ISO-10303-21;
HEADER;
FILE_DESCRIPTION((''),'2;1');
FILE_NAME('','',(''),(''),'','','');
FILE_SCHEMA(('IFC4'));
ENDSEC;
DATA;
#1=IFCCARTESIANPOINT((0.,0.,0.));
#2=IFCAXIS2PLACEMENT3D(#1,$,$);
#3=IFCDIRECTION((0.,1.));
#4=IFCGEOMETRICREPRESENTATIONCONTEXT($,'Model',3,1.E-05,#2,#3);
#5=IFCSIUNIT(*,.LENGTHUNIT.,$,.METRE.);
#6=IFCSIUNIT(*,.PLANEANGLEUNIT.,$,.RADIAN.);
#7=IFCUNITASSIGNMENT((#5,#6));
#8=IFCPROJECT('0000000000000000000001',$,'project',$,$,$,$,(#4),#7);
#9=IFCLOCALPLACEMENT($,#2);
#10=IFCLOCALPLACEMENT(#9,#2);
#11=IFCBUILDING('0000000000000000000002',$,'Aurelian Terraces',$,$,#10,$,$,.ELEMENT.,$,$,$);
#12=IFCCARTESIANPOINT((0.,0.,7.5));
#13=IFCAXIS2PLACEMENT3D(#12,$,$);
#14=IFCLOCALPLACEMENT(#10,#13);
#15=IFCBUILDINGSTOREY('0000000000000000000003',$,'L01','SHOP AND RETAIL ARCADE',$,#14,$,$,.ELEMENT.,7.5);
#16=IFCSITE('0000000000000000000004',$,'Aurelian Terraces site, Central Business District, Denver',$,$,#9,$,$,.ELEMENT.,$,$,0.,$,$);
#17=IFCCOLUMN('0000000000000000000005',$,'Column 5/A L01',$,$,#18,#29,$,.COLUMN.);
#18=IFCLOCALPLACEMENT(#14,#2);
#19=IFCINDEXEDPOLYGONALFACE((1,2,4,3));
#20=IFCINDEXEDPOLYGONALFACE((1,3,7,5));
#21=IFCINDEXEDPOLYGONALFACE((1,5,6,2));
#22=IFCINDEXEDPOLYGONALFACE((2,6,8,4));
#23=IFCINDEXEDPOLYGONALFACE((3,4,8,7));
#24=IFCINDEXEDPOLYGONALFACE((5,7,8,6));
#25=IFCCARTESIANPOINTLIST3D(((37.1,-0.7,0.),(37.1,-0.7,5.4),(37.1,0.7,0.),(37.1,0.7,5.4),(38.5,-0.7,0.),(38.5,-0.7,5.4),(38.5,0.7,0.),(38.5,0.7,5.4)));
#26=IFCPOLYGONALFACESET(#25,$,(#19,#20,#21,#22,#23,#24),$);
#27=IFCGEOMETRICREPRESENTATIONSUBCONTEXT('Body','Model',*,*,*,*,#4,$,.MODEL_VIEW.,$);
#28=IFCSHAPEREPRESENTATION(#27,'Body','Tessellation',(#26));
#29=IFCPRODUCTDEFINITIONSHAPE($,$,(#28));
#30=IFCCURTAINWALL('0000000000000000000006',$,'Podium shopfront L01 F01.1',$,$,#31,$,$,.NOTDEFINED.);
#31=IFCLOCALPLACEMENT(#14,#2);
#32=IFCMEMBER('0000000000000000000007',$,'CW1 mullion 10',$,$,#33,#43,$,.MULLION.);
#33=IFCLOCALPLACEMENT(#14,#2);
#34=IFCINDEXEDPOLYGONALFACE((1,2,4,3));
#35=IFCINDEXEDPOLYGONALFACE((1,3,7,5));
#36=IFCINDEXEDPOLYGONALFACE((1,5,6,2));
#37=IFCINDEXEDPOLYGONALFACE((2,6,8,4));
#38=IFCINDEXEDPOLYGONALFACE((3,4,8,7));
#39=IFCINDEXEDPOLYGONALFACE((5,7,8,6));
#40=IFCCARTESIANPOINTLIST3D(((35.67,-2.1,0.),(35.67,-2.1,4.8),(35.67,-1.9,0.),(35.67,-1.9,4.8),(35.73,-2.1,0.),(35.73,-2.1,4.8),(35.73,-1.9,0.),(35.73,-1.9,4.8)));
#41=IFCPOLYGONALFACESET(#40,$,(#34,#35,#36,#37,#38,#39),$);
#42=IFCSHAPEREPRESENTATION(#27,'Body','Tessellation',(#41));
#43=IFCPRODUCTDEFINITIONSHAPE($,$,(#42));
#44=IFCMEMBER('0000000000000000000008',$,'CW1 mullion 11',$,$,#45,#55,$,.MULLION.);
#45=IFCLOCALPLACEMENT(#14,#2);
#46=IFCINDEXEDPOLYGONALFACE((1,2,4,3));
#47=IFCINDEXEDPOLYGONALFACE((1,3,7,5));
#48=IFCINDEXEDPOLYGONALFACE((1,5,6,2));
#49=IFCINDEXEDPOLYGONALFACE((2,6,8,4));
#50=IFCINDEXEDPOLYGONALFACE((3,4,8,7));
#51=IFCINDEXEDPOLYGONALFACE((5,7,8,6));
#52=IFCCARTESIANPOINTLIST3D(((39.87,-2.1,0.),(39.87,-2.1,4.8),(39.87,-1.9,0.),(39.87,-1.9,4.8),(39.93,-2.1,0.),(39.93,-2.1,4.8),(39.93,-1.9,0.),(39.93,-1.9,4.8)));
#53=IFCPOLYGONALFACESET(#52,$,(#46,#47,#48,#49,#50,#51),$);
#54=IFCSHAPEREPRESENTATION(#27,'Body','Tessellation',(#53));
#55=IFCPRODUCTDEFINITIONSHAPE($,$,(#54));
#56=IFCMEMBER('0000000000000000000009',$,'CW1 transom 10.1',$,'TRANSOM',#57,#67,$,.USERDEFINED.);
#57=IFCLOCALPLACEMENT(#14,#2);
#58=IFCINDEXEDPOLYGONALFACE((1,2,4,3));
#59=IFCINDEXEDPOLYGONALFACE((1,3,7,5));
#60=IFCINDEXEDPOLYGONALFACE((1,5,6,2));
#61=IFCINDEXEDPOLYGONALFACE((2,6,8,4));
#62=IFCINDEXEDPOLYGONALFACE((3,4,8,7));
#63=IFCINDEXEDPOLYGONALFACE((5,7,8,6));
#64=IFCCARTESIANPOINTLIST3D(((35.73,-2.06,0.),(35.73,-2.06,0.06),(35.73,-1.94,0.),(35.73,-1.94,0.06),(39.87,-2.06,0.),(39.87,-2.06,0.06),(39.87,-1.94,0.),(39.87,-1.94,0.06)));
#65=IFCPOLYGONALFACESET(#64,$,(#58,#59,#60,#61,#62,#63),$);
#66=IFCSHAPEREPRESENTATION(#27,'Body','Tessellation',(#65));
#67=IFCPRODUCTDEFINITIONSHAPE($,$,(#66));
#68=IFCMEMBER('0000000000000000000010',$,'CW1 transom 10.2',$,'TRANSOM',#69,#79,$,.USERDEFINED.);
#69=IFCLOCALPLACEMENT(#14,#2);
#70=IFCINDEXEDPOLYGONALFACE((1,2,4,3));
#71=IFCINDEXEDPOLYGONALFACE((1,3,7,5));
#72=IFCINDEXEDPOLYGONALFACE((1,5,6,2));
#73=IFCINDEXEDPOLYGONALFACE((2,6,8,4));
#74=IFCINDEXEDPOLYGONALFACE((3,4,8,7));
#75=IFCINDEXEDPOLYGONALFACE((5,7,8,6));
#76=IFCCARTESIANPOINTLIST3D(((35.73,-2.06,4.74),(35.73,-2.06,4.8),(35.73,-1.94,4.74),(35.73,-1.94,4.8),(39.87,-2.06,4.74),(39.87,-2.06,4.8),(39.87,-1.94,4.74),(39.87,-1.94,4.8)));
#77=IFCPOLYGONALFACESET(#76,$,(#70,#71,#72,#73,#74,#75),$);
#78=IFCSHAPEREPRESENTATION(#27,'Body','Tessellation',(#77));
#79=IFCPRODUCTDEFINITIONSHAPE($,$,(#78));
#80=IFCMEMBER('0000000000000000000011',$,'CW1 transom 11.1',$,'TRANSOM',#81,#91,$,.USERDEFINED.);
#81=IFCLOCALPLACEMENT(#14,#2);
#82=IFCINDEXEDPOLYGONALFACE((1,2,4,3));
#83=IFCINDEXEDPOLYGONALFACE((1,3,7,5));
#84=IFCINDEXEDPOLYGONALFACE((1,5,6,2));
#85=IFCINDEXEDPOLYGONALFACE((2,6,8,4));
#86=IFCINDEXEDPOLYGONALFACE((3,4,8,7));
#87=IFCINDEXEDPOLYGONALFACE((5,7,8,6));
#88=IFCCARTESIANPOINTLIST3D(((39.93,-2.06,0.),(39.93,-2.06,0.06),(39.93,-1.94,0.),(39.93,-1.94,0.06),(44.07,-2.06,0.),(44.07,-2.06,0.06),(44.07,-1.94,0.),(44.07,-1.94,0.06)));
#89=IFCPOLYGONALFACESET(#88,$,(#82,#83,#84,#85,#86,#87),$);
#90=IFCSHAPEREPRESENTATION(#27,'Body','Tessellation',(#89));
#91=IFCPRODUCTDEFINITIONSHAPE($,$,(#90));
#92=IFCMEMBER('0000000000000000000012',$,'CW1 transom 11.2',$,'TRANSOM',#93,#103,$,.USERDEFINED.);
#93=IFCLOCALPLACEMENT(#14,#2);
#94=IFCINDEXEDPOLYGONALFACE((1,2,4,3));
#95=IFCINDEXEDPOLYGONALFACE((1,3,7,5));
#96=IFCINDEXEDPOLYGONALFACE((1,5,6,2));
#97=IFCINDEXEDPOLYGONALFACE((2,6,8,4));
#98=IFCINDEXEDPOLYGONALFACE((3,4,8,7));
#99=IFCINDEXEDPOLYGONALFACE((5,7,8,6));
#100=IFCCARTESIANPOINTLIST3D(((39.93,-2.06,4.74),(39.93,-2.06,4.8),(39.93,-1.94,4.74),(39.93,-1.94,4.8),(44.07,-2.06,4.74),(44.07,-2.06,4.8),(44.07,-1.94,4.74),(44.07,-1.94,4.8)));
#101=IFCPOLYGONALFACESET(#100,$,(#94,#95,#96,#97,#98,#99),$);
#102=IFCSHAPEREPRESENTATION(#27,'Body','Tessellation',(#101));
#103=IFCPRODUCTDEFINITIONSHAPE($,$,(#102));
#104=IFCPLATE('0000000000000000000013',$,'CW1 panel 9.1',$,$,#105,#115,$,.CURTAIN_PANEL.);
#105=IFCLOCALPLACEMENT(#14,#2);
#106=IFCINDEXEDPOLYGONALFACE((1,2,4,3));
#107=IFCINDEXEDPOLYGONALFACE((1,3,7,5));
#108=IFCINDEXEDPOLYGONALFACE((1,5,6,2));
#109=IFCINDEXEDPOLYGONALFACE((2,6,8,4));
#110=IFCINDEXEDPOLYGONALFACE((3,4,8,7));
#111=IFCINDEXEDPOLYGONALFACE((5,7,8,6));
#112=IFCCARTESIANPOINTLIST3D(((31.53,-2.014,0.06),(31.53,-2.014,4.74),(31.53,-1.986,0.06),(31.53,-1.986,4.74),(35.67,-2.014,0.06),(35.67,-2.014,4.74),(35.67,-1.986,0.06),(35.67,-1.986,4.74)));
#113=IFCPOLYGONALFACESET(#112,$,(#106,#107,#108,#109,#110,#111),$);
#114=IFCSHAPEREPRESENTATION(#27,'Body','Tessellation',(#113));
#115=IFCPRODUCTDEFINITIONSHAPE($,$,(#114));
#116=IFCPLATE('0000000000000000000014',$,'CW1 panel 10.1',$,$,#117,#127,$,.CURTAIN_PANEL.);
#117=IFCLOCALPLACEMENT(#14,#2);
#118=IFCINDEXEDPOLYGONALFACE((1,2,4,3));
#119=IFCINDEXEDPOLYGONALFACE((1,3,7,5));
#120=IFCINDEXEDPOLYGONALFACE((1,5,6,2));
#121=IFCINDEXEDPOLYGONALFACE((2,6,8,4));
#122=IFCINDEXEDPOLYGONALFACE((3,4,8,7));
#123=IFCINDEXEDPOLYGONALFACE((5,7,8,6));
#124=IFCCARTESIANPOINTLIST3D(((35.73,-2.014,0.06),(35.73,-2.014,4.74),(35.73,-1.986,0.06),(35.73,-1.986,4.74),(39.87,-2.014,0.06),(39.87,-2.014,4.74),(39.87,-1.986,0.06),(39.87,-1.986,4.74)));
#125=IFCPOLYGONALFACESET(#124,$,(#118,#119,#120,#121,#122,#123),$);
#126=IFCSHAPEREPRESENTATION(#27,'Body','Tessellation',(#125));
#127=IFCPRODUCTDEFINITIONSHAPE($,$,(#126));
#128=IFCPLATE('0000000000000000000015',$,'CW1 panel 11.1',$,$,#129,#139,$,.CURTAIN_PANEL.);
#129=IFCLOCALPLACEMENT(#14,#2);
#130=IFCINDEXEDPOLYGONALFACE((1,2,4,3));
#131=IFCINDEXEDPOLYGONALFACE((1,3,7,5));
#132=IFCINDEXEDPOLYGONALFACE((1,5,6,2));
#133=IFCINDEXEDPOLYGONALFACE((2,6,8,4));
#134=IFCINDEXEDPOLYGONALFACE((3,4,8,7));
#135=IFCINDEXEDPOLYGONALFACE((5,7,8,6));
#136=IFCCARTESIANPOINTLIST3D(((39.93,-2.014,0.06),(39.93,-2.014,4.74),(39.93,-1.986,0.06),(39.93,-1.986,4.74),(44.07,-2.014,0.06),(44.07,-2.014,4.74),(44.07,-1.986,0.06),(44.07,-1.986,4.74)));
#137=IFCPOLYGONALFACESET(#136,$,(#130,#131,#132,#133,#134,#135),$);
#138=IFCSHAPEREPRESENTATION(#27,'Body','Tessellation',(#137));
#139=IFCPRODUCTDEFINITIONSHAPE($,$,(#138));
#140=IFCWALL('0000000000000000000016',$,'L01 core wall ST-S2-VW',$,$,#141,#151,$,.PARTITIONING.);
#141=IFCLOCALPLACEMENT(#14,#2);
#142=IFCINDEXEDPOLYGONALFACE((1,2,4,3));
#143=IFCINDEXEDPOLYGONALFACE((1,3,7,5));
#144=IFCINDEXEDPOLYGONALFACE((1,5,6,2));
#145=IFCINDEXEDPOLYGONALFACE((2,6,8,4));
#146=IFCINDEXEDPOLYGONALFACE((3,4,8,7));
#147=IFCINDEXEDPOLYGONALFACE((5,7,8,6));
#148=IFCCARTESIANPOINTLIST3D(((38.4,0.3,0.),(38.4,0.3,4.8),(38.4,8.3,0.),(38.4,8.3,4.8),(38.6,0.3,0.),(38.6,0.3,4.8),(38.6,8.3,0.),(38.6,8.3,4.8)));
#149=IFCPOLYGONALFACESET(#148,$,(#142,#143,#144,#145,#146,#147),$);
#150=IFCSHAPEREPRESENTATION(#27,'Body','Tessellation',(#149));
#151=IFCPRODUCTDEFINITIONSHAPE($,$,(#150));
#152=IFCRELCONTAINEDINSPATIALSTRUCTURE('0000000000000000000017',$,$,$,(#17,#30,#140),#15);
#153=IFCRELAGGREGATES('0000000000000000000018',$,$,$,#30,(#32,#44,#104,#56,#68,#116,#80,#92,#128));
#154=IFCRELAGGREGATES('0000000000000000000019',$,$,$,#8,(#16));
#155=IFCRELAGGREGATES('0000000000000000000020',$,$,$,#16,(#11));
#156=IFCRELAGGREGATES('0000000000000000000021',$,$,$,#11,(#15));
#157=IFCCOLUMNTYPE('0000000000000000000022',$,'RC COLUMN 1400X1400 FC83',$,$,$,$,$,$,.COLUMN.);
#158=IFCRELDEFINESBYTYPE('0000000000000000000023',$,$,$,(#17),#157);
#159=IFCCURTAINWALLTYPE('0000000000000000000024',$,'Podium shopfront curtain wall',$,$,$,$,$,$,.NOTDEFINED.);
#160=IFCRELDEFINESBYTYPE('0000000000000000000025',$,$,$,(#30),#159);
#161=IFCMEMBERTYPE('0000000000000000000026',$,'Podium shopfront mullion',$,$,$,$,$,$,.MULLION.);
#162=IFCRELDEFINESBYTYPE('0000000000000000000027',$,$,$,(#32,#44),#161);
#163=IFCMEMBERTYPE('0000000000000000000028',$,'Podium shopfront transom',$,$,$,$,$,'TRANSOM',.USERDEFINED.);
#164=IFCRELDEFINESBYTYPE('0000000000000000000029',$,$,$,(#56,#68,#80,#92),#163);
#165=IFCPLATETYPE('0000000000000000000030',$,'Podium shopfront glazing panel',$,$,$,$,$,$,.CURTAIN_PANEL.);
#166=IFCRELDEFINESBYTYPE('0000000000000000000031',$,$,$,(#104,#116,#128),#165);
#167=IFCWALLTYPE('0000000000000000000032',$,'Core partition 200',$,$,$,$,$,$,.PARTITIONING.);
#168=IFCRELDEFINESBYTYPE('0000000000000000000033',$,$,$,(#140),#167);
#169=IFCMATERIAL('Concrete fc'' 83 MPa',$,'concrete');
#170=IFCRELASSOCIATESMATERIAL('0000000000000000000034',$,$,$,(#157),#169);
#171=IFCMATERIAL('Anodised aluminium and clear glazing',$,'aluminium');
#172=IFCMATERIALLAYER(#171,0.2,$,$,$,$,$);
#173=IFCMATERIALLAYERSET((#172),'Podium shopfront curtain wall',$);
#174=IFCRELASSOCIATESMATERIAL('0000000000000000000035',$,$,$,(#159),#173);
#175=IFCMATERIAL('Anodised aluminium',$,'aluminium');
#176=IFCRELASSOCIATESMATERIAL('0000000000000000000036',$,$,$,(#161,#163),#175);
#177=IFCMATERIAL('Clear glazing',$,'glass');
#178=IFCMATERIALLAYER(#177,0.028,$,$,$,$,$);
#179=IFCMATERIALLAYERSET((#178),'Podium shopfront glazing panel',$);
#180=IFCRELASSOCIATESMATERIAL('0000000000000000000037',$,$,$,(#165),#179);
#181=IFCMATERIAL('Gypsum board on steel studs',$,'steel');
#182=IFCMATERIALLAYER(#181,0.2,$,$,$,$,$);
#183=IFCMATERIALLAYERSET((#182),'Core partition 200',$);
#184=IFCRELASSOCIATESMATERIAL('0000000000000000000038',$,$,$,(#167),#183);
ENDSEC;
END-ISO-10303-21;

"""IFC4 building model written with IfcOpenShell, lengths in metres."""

from ifc_helpers import new_model, si_unit, direction, frame, frame_2d, origin, origin_2d, place, context, subcontext, project, spatial, rectangle, extrude, source, transform, mapped, material, layer, layer_set, material_profile, profile_set, type_object, element, aggregate, save


model = new_model("IFC4")

# Units and contexts
model_context = context("Model", 3, precision=1e-05, world=origin(), true_north=direction((0.0, 1.0)))
body_context = subcontext(model_context, "Body", "Model", "MODEL_VIEW")
ifc_project = project(units=[si_unit("LENGTHUNIT", "METRE"), si_unit("PLANEANGLEUNIT", "RADIAN")], contexts=[model_context])

# Site, building, storey
site_placement = place(None, origin())
site = spatial("IfcSite", under=ifc_project, at=site_placement, Name="Aurelian Terraces site, Central Business District, Denver", CompositionType="ELEMENT", RefElevation=0.0)
building_placement = place(site_placement, origin())
building = spatial("IfcBuilding", under=site, at=building_placement, Name="Aurelian Terraces", CompositionType="ELEMENT")
storey_placement = place(building_placement, frame((0.0, 0.0, 7.5)))
storey = spatial("IfcBuildingStorey", under=building, at=storey_placement, Name="L01", Description="SHOP AND RETAIL ARCADE", CompositionType="ELEMENT", Elevation=7.5)

# Column
ifc_material_1 = material(Name="Concrete fc' 83 MPa", Category="concrete")
ifc_material_profile_1 = material_profile(ifc_material_1, rectangle(XDim=1.4, YDim=1.4, at=origin_2d()))
ifc_profile_set_1 = profile_set([ifc_material_profile_1], Name="Concrete fc' 83 MPa")
column_type = type_object("IfcColumnType", Name="RC COLUMN 1400X1400 FC83", PredefinedType="COLUMN", material=ifc_profile_set_1)
shared_shape_1 = source(origin(), body_context, "Body", "SweptSolid", [
    extrude(rectangle(XDim=1.4, YDim=1.4, at=origin_2d()), origin(), (0.0, 0.0, 1.0), 5.4),
])
column_placement = place(storey_placement, frame((37.8, 0.0, 0.0), z_axis=(0.0, 0.0, 1.0), x_axis=(1.0, 0.0, 0.0)))
element("IfcColumn", 1, at=column_placement, inside=storey, type_object=column_type, Name="Column 5/A L01", PredefinedType="COLUMN", context=body_context, shape_type="MappedRepresentation", body=[
    mapped(shared_shape_1, transform((0.0, 0.0, 0.0), scale=1.0)),
])

# Curtain wall, members, plates
ifc_material_2 = material(Name="Anodised aluminium and clear glazing", Category="aluminium")
ifc_layer_1 = layer(ifc_material_2, 0.2)
ifc_layer_set_1 = layer_set([ifc_layer_1], Name="Podium shopfront curtain wall")
curtain_wall_type = type_object("IfcCurtainWallType", Name="Podium shopfront curtain wall", PredefinedType="NOTDEFINED", material=ifc_layer_set_1)
curtain_wall_placement = place(storey_placement, origin())
curtain_wall = element("IfcCurtainWall", 2, at=curtain_wall_placement, inside=storey, type_object=curtain_wall_type, Name="Podium shopfront L01 F01.1", PredefinedType="NOTDEFINED")
ifc_material_3 = material(Name="Anodised aluminium", Category="aluminium")
ifc_material_profile_2 = material_profile(ifc_material_3, rectangle(XDim=0.2, YDim=0.06, at=origin_2d()))
ifc_profile_set_2 = profile_set([ifc_material_profile_2], Name="Anodised aluminium")
member_type_1 = type_object("IfcMemberType", Name="Podium shopfront mullion", PredefinedType="MULLION", material=ifc_profile_set_2)
shared_shape_2 = source(origin(), body_context, "Body", "SweptSolid", [
    extrude(rectangle(XDim=0.2, YDim=0.06, at=origin_2d()), origin(), (0.0, 0.0, 1.0), 4.8),
])
member_1_placement = place(storey_placement, frame((35.7, -2.0, 0.0), z_axis=(0.0, 0.0, 1.0), x_axis=(0.0, 1.0, 0.0)))
member_1 = element("IfcMember", 3, at=member_1_placement, type_object=member_type_1, Name="CW1 mullion 10", PredefinedType="MULLION", context=body_context, shape_type="MappedRepresentation", body=[
    mapped(shared_shape_2, transform((0.0, 0.0, 0.0), scale=1.0)),
])
member_2_placement = place(storey_placement, frame((39.9, -2.0, 0.0), z_axis=(0.0, 0.0, 1.0), x_axis=(0.0, 1.0, 0.0)))
member_2 = element("IfcMember", 4, at=member_2_placement, type_object=member_type_1, Name="CW1 mullion 11", PredefinedType="MULLION", context=body_context, shape_type="MappedRepresentation", body=[
    mapped(shared_shape_2, transform((0.0, 0.0, 0.0), scale=1.0)),
])
ifc_material_profile_3 = material_profile(ifc_material_3, rectangle(XDim=0.12, YDim=0.06, at=origin_2d()))
ifc_profile_set_3 = profile_set([ifc_material_profile_3], Name="Anodised aluminium")
member_type_2 = type_object("IfcMemberType", Name="Podium shopfront transom", ElementType="TRANSOM", PredefinedType="USERDEFINED", material=ifc_profile_set_3)
shared_shape_3 = source(origin(), body_context, "Body", "SweptSolid", [
    extrude(rectangle(XDim=0.12, YDim=0.06, at=origin_2d()), origin(), (0.0, 0.0, 1.0), 4.14),
])
member_3_placement = place(storey_placement, frame((35.73, -2.0, 0.03), z_axis=(1.0, 0.0, 0.0), x_axis=(0.0, 1.0, 0.0)))
member_3 = element("IfcMember", 5, at=member_3_placement, type_object=member_type_2, Name="CW1 transom 10.1", ObjectType="TRANSOM", PredefinedType="USERDEFINED", context=body_context, shape_type="MappedRepresentation", body=[
    mapped(shared_shape_3, transform((0.0, 0.0, 0.0), scale=1.0)),
])
member_4_placement = place(storey_placement, frame((35.73, -2.0, 4.77), z_axis=(1.0, 0.0, 0.0), x_axis=(0.0, 1.0, 0.0)))
member_4 = element("IfcMember", 6, at=member_4_placement, type_object=member_type_2, Name="CW1 transom 10.2", ObjectType="TRANSOM", PredefinedType="USERDEFINED", context=body_context, shape_type="MappedRepresentation", body=[
    mapped(shared_shape_3, transform((0.0, 0.0, 0.0), scale=1.0)),
])
member_5_placement = place(storey_placement, frame((39.93, -2.0, 0.03), z_axis=(1.0, 0.0, 0.0), x_axis=(0.0, 1.0, 0.0)))
member_5 = element("IfcMember", 7, at=member_5_placement, type_object=member_type_2, Name="CW1 transom 11.1", ObjectType="TRANSOM", PredefinedType="USERDEFINED", context=body_context, shape_type="MappedRepresentation", body=[
    mapped(shared_shape_3, transform((0.0, 0.0, 0.0), scale=1.0)),
])
member_6_placement = place(storey_placement, frame((39.93, -2.0, 4.77), z_axis=(1.0, 0.0, 0.0), x_axis=(0.0, 1.0, 0.0)))
member_6 = element("IfcMember", 8, at=member_6_placement, type_object=member_type_2, Name="CW1 transom 11.2", ObjectType="TRANSOM", PredefinedType="USERDEFINED", context=body_context, shape_type="MappedRepresentation", body=[
    mapped(shared_shape_3, transform((0.0, 0.0, 0.0), scale=1.0)),
])
ifc_material_4 = material(Name="Clear glazing", Category="glass")
ifc_layer_2 = layer(ifc_material_4, 0.028)
ifc_layer_set_2 = layer_set([ifc_layer_2], Name="Podium shopfront glazing panel")
plate_type = type_object("IfcPlateType", Name="Podium shopfront glazing panel", PredefinedType="CURTAIN_PANEL", material=ifc_layer_set_2)
shared_shape_4 = source(origin(), body_context, "Body", "SweptSolid", [
    extrude(rectangle(XDim=4.14, YDim=0.028, at=origin_2d()), origin(), (0.0, 0.0, 1.0), 4.68),
])
plate_1_placement = place(storey_placement, frame((33.6, -2.0, 0.06), z_axis=(0.0, 0.0, 1.0), x_axis=(1.0, 0.0, 0.0)))
plate_1 = element("IfcPlate", 9, at=plate_1_placement, type_object=plate_type, Name="CW1 panel 9.1", PredefinedType="CURTAIN_PANEL", context=body_context, shape_type="MappedRepresentation", body=[
    mapped(shared_shape_4, transform((0.0, 0.0, 0.0), scale=1.0)),
])
plate_2_placement = place(storey_placement, frame((37.8, -2.0, 0.06), z_axis=(0.0, 0.0, 1.0), x_axis=(1.0, 0.0, 0.0)))
plate_2 = element("IfcPlate", 10, at=plate_2_placement, type_object=plate_type, Name="CW1 panel 10.1", PredefinedType="CURTAIN_PANEL", context=body_context, shape_type="MappedRepresentation", body=[
    mapped(shared_shape_4, transform((0.0, 0.0, 0.0), scale=1.0)),
])
plate_3_placement = place(storey_placement, frame((42.0, -2.0, 0.06), z_axis=(0.0, 0.0, 1.0), x_axis=(1.0, 0.0, 0.0)))
plate_3 = element("IfcPlate", 11, at=plate_3_placement, type_object=plate_type, Name="CW1 panel 11.1", PredefinedType="CURTAIN_PANEL", context=body_context, shape_type="MappedRepresentation", body=[
    mapped(shared_shape_4, transform((0.0, 0.0, 0.0), scale=1.0)),
])
aggregate(curtain_wall, [member_1, member_2, plate_1, member_3, member_4, plate_2, member_5, member_6, plate_3])

# Wall
ifc_material_5 = material(Name="Gypsum board on steel studs", Category="steel")
ifc_layer_3 = layer(ifc_material_5, 0.2)
ifc_layer_set_3 = layer_set([ifc_layer_3], Name="Core partition 200")
wall_type_1 = type_object("IfcWallType", Name="Core partition 200", PredefinedType="PARTITIONING", material=ifc_layer_set_3)
wall_1_placement = place(storey_placement, frame((38.5, 0.3, 0.0), z_axis=(0.0, 0.0, 1.0), x_axis=(0.0, 1.0, 0.0)))
element("IfcWall", 12, at=wall_1_placement, inside=storey, type_object=wall_type_1, Name="L01 core wall ST-S2-VW", PredefinedType="PARTITIONING", context=body_context, shape_type="SweptSolid", body=[
    extrude(rectangle(XDim=8.0, YDim=0.2, at=frame_2d((4.0, 0.0))), origin(), (0.0, 0.0, 1.0), 4.8),
])

save(model, "model.ifc")
